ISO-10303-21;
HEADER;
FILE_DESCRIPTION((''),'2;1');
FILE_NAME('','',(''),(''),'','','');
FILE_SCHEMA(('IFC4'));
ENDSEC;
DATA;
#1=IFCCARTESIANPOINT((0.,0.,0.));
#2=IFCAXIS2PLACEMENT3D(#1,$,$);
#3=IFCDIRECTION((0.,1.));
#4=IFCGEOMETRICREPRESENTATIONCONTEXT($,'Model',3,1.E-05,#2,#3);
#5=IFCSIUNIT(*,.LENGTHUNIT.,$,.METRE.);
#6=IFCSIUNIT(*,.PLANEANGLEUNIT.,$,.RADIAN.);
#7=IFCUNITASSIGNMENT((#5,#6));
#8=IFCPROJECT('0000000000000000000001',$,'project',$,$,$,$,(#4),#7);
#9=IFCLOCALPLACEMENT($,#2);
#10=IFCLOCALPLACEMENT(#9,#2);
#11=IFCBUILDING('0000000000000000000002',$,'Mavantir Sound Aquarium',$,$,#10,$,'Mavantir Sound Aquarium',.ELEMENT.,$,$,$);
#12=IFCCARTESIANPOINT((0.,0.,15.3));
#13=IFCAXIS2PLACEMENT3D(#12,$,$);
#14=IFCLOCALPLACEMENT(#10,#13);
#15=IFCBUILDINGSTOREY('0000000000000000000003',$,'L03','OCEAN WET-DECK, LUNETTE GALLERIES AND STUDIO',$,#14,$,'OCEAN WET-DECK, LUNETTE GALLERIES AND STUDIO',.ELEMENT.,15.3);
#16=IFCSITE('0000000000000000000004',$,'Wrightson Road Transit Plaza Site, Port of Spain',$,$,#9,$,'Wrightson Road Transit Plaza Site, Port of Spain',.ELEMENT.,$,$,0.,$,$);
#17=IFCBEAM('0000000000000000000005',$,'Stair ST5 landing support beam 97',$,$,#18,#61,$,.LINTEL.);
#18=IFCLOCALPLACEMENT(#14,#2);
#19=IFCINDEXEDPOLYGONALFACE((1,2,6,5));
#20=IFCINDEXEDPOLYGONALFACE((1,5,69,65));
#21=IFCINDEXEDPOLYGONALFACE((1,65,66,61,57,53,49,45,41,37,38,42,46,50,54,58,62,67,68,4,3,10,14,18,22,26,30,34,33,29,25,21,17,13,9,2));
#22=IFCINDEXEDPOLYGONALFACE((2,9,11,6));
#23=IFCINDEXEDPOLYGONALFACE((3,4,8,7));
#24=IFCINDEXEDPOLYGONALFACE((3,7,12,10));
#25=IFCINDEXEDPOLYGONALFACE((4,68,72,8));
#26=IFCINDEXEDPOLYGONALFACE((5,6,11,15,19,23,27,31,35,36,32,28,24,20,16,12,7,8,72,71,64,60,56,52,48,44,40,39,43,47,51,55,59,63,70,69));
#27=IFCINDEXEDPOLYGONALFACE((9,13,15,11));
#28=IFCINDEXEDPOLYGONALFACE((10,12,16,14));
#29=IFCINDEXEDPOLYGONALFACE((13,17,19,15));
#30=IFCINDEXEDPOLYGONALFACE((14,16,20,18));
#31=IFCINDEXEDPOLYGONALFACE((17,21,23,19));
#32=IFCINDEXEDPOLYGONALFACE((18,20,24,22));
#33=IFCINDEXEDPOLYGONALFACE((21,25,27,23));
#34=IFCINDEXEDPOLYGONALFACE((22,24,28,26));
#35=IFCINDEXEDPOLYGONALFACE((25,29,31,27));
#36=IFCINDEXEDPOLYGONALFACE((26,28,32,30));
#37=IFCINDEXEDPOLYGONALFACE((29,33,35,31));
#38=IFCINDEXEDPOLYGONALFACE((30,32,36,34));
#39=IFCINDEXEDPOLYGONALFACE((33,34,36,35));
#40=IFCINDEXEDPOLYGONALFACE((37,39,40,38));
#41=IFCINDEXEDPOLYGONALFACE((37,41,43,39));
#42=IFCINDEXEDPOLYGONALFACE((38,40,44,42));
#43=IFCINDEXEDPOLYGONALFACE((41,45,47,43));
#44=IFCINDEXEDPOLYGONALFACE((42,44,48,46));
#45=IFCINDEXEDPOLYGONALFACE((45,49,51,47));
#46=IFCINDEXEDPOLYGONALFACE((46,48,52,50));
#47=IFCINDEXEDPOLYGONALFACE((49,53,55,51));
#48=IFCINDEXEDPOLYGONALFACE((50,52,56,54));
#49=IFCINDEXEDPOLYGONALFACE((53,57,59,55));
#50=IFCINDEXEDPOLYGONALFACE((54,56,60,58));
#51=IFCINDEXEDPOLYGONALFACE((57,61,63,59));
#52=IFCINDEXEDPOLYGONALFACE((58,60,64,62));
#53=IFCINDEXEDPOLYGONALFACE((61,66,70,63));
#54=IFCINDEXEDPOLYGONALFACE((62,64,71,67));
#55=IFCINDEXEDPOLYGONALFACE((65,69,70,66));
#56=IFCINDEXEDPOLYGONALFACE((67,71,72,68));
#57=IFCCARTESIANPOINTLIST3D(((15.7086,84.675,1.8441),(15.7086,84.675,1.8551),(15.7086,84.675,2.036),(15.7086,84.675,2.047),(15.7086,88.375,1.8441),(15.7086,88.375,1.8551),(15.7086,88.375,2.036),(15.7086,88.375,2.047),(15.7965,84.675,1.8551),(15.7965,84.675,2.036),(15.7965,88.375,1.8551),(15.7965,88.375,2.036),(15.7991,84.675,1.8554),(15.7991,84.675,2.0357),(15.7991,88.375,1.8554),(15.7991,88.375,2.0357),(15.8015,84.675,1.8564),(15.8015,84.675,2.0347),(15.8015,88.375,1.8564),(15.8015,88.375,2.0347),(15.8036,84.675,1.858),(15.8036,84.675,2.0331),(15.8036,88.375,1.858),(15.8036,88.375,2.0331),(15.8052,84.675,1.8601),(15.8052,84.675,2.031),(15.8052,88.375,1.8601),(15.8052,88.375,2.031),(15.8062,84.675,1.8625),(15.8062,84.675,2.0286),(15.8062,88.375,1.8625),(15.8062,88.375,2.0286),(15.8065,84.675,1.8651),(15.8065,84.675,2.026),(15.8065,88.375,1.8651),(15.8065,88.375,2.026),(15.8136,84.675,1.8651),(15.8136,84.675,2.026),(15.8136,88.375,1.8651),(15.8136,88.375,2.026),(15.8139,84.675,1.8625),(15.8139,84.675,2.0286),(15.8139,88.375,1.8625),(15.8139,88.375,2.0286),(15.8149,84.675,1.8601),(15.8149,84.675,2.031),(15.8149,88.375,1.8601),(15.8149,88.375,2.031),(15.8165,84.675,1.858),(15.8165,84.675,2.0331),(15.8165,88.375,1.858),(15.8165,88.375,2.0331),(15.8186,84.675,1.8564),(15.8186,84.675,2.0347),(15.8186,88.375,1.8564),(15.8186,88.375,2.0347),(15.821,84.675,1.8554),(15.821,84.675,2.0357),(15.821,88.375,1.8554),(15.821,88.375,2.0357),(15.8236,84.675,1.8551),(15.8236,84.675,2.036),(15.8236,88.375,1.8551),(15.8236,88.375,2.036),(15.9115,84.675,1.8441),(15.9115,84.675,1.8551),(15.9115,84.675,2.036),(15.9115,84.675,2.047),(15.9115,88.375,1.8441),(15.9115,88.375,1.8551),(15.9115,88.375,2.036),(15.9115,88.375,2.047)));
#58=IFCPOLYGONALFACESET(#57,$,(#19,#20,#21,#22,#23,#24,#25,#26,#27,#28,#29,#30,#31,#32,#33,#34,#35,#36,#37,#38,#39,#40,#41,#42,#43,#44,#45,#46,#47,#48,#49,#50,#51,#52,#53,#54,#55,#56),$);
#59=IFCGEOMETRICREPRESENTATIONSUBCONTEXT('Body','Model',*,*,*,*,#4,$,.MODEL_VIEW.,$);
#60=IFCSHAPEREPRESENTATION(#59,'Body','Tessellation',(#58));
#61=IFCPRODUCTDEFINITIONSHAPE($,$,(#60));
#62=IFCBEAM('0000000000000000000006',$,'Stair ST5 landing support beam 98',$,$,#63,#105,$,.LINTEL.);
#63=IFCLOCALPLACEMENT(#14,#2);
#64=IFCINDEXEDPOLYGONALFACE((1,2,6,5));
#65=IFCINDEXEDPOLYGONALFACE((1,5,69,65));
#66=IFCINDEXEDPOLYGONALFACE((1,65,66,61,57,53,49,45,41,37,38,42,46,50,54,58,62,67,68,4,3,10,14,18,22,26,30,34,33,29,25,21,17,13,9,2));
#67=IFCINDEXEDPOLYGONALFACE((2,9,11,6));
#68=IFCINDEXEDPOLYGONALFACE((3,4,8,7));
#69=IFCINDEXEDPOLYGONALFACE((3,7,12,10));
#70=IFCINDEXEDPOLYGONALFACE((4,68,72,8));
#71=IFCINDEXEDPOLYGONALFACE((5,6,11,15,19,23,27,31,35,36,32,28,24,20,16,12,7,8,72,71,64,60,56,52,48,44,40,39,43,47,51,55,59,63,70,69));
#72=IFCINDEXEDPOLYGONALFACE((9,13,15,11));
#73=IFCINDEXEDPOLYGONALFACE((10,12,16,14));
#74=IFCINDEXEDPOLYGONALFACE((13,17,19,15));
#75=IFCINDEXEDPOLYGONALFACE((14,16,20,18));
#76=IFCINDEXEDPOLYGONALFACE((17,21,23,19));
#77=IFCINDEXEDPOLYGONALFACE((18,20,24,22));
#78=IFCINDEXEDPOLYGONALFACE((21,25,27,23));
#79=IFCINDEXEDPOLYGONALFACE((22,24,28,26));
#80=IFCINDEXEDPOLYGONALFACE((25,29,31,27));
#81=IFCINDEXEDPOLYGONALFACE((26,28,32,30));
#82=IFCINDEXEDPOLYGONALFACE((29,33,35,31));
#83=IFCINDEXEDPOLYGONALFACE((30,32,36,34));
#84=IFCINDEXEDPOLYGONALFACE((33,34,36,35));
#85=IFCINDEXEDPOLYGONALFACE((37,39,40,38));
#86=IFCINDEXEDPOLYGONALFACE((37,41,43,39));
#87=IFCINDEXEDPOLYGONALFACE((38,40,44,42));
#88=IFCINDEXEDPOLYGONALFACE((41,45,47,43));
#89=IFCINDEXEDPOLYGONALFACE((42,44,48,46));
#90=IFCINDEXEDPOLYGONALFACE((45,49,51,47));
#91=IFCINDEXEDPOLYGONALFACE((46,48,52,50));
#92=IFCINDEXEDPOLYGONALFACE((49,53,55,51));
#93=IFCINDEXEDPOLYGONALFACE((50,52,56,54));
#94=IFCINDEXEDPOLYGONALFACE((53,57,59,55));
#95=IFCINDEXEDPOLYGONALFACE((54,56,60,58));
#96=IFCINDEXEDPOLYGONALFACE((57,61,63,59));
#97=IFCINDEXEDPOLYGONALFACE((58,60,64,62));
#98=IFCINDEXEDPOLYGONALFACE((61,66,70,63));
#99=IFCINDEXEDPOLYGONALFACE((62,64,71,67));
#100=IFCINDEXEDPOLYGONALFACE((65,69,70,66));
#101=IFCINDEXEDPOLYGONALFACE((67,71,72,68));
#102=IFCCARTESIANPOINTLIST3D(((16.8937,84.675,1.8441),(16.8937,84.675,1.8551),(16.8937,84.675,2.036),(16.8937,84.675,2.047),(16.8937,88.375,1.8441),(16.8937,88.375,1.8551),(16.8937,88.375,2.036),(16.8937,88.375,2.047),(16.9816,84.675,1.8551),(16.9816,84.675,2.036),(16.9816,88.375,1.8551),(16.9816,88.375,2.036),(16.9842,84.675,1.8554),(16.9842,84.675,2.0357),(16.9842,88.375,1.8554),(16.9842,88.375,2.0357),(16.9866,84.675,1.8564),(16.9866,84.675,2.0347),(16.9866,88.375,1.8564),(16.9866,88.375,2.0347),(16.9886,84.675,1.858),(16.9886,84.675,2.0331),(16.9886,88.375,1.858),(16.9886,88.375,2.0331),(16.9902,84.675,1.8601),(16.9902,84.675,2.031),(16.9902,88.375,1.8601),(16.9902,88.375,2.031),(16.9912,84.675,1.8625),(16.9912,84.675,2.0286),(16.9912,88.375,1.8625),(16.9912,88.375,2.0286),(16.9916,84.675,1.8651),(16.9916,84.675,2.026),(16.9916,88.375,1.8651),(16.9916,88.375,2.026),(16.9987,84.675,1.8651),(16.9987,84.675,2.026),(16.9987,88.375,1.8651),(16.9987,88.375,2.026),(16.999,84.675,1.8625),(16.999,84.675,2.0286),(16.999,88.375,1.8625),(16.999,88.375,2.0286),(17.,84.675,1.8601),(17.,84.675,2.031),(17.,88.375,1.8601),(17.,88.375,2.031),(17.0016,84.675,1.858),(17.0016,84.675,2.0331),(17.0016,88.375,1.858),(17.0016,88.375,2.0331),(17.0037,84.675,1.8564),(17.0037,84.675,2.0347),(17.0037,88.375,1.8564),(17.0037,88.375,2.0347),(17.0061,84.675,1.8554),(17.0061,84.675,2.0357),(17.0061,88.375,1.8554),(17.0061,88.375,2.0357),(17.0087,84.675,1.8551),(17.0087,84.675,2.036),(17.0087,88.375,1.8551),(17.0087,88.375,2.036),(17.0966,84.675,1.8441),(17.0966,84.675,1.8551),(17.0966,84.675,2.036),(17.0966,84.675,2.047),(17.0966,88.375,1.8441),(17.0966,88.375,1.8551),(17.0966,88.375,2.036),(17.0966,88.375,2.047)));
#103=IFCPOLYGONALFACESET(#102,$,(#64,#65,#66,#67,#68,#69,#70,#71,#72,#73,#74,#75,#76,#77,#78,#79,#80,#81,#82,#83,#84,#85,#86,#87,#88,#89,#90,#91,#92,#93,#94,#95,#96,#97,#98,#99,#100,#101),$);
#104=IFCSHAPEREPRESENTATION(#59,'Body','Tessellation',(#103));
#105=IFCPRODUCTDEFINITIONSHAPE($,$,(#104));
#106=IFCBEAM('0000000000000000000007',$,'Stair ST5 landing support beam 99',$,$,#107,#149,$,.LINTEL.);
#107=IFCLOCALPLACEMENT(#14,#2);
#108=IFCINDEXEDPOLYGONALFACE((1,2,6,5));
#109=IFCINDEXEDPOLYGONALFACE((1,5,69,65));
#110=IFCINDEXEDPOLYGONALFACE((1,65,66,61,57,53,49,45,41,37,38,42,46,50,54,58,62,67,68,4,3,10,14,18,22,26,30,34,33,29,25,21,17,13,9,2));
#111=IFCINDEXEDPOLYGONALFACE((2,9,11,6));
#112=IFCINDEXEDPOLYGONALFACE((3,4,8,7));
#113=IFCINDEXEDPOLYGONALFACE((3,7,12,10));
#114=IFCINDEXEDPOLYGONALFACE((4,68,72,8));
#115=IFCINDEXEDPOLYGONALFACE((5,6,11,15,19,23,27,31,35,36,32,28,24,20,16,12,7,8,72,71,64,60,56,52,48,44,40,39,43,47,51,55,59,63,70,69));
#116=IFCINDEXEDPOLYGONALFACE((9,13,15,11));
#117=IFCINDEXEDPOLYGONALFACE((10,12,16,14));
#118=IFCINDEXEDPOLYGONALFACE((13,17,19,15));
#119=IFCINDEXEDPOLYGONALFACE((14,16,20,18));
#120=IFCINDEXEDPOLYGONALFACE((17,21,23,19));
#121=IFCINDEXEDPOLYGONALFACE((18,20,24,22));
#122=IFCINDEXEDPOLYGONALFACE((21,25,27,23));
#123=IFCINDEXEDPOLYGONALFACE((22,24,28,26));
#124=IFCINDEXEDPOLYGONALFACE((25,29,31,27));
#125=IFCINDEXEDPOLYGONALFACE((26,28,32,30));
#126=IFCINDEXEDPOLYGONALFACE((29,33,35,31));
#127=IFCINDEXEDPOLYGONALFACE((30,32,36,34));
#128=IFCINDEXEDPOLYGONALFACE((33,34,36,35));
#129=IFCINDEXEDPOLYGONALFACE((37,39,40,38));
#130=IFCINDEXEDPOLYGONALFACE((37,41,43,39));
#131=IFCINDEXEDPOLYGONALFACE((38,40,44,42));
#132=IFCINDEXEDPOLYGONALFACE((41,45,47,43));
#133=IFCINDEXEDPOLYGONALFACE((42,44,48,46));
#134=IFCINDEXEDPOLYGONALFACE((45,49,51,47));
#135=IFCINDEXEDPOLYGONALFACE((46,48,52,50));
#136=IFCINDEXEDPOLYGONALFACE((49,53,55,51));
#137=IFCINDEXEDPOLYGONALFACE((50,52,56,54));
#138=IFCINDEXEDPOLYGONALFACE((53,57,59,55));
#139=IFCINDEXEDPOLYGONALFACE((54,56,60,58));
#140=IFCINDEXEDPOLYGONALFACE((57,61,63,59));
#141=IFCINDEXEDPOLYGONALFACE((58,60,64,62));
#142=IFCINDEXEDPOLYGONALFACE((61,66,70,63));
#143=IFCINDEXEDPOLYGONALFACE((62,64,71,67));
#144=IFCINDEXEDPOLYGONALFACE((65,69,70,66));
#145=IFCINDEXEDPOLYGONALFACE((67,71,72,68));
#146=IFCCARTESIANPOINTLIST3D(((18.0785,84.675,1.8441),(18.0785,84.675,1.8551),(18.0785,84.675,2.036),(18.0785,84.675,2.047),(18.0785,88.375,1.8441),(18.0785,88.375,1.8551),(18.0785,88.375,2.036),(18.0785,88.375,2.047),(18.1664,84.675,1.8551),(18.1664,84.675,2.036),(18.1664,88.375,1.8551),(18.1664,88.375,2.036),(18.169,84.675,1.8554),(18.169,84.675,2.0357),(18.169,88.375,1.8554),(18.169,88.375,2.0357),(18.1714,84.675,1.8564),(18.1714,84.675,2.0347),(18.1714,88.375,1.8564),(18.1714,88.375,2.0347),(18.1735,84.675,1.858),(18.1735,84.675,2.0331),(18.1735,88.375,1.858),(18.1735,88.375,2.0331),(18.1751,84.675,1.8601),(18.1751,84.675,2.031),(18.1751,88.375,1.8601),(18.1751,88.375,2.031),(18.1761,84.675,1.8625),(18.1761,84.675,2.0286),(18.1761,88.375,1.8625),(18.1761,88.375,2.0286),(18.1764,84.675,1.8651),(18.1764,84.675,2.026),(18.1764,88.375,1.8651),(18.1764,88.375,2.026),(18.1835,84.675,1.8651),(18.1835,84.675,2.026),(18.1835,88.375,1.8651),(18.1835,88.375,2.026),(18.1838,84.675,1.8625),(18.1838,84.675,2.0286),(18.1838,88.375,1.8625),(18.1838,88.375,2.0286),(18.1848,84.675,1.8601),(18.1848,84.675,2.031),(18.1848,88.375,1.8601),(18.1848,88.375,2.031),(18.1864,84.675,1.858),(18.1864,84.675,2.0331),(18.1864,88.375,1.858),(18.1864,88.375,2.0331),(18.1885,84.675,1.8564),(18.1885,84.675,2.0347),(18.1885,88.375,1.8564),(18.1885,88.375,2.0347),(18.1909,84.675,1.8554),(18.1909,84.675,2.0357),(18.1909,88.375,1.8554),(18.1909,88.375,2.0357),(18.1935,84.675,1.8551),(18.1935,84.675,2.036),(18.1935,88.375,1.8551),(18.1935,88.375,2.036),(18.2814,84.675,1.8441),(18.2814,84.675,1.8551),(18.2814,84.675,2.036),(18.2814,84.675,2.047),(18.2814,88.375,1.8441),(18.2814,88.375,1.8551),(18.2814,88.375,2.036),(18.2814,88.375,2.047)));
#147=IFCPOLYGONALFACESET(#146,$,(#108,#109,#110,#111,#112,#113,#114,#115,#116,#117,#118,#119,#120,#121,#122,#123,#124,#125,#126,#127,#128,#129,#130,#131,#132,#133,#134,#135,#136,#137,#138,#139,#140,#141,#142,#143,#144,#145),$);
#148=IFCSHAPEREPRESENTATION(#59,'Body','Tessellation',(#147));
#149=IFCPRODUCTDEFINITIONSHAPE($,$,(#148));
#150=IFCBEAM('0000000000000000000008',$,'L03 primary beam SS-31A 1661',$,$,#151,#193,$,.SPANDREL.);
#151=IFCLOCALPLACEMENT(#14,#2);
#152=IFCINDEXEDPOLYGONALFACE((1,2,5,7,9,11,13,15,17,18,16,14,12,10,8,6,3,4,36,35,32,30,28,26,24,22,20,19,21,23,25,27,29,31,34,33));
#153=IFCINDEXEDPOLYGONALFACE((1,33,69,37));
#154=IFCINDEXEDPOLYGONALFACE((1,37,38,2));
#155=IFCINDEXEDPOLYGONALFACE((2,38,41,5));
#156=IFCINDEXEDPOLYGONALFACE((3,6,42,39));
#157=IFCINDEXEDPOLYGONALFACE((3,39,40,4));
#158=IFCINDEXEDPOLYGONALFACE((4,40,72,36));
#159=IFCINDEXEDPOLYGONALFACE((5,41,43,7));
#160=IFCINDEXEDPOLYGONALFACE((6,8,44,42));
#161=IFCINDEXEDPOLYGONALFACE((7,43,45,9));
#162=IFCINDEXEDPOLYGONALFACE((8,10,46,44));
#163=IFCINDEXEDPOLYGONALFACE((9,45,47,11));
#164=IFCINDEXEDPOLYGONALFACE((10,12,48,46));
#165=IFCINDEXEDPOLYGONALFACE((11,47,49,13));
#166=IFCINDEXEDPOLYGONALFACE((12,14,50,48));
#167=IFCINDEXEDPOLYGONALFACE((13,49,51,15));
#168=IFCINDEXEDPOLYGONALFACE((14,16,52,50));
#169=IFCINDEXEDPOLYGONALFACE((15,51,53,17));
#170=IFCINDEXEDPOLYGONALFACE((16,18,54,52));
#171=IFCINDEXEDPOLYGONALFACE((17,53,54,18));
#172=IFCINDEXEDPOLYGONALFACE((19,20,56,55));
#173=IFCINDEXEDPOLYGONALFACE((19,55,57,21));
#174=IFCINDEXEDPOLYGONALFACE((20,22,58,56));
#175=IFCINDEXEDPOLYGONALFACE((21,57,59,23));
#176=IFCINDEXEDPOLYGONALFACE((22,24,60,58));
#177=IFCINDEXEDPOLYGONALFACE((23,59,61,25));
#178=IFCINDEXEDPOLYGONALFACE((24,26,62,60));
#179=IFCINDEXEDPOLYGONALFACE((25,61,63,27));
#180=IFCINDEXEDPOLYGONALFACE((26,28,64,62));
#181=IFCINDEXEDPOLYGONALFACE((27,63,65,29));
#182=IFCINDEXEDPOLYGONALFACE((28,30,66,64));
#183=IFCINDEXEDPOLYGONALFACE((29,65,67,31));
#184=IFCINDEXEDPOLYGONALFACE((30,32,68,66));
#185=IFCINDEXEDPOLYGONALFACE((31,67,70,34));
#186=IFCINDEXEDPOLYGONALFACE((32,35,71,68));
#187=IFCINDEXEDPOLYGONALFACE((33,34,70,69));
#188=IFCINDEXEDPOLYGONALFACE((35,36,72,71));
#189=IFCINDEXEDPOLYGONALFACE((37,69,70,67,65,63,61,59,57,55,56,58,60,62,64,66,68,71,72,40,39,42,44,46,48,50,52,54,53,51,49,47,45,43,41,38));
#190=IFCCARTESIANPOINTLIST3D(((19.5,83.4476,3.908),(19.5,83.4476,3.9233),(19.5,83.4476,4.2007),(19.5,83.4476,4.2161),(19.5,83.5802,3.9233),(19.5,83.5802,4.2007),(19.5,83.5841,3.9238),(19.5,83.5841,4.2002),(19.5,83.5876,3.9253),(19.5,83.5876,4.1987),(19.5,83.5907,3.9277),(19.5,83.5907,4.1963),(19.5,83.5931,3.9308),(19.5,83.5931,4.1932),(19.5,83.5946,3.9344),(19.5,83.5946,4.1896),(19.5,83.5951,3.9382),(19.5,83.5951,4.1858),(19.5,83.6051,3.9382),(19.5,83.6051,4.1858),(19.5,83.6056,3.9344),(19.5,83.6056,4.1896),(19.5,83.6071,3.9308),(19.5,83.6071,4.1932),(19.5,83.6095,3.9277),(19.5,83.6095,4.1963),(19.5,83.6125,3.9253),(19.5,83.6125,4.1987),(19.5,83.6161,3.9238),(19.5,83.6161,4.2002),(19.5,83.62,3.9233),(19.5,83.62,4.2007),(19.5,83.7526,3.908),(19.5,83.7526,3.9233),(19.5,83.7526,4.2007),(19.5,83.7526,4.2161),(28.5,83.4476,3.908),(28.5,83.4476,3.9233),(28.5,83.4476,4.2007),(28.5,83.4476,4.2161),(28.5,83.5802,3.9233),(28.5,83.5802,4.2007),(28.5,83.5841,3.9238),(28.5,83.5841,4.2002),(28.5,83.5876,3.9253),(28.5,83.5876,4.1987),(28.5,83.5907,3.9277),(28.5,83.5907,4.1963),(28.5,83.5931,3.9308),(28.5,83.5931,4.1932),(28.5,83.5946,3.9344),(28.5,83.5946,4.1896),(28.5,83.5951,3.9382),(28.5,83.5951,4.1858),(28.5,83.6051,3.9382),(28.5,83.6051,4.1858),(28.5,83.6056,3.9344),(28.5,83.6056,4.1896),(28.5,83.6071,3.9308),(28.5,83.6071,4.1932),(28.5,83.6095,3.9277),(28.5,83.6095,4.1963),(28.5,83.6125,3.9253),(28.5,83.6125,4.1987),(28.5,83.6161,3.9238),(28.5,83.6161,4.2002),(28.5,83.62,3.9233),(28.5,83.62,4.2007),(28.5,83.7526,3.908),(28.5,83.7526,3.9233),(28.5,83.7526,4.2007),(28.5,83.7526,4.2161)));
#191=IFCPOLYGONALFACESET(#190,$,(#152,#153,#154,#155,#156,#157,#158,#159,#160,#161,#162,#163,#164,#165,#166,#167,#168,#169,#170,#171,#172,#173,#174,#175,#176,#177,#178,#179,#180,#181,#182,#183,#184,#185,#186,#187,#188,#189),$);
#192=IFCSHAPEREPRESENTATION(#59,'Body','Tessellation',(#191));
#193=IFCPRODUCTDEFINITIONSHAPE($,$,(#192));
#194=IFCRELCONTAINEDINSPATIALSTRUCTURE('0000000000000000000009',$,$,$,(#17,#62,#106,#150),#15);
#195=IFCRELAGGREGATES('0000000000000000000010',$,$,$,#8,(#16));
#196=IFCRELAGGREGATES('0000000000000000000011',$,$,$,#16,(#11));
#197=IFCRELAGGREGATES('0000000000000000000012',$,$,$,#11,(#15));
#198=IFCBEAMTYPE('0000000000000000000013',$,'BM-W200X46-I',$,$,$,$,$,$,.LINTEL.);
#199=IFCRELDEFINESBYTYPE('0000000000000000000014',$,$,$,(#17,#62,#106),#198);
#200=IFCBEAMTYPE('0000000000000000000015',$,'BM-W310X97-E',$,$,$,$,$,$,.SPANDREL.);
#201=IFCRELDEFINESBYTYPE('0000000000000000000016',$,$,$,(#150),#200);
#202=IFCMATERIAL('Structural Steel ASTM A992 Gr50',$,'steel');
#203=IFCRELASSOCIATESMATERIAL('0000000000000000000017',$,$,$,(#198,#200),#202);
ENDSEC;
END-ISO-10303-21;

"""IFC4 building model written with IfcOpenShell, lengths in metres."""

from ifc_helpers import new_model, si_unit, direction, frame, origin, origin_2d, place, context, subcontext, project, spatial, i_section, extrude, material, material_profile, profile_set, type_object, element, save


model = new_model("IFC4")

# Units and contexts
model_context = context("Model", 3, precision=1e-05, world=origin(), true_north=direction((0.0, 1.0)))
body_context = subcontext(model_context, "Body", "Model", "MODEL_VIEW")
ifc_project = project(units=[si_unit("LENGTHUNIT", "METRE"), si_unit("PLANEANGLEUNIT", "RADIAN")], contexts=[model_context])

# Site, building, storey
site_placement = place(None, origin())
site = spatial("IfcSite", under=ifc_project, at=site_placement, Name="Wrightson Road Transit Plaza Site, Port of Spain", LongName="Wrightson Road Transit Plaza Site, Port of Spain", CompositionType="ELEMENT", RefElevation=0.0)
building_placement = place(site_placement, origin())
building = spatial("IfcBuilding", under=site, at=building_placement, Name="Mavantir Sound Aquarium", LongName="Mavantir Sound Aquarium", CompositionType="ELEMENT")
storey_placement = place(building_placement, frame((0.0, 0.0, 15.3)))
storey = spatial("IfcBuildingStorey", under=building, at=storey_placement, Name="L03", Description="OCEAN WET-DECK, LUNETTE GALLERIES AND STUDIO", LongName="OCEAN WET-DECK, LUNETTE GALLERIES AND STUDIO", CompositionType="ELEMENT", Elevation=15.3)

# Beams
ifc_material_1 = material(Name="Structural Steel ASTM A992 Gr50", Category="steel")
ifc_material_profile_1 = material_profile(ifc_material_1, i_section(OverallWidth=0.2029, OverallDepth=0.2029, WebThickness=0.0071, FlangeThickness=0.011, FilletRadius=0.01, at=origin_2d()), Name="W200X46")
ifc_profile_set_1 = profile_set([ifc_material_profile_1], Name="Structural Steel ASTM A992 Gr50")
beam_type_1 = type_object("IfcBeamType", Name="BM-W200X46-I", PredefinedType="LINTEL", material=ifc_profile_set_1)
for number, where, z_axis, x_axis, name in (
    (1, (15.8101, 84.675, 1.9456), (0.0, 1.0, 0.0), (-1.0, 0.0, 0.0), "Stair ST5 landing support beam 97"),
    (2, (16.9951, 84.675, 1.9456), (0.0, 1.0, 0.0), (-1.0, 0.0, 0.0), "Stair ST5 landing support beam 98"),
    (3, (18.1799, 84.675, 1.9456), (0.0, 1.0, 0.0), (-1.0, 0.0, 0.0), "Stair ST5 landing support beam 99"),
):
    element("IfcBeam", number, at=place(storey_placement, frame(where, z_axis=z_axis, x_axis=x_axis)), inside=storey, type_object=beam_type_1, Name=name, PredefinedType="LINTEL", context=body_context, shape_type="SweptSolid", body=[
        extrude(i_section(OverallWidth=0.2029, OverallDepth=0.2029, WebThickness=0.0071, FlangeThickness=0.011, FilletRadius=0.01, at=origin_2d()), origin(), (0.0, 0.0, 1.0), 3.7),
    ])
ifc_material_profile_2 = material_profile(ifc_material_1, i_section(OverallWidth=0.3049, OverallDepth=0.3081, WebThickness=0.01, FlangeThickness=0.0154, FilletRadius=0.0149, at=origin_2d()), Name="W310X97")
ifc_profile_set_2 = profile_set([ifc_material_profile_2], Name="Structural Steel ASTM A992 Gr50")
beam_type_2 = type_object("IfcBeamType", Name="BM-W310X97-E", PredefinedType="SPANDREL", material=ifc_profile_set_2)
beam_1_placement = place(storey_placement, frame((19.5, 83.6001, 4.062), z_axis=(1.0, 0.0, 0.0), x_axis=(0.0, 1.0, 0.0)))
element("IfcBeam", 4, at=beam_1_placement, inside=storey, type_object=beam_type_2, Name="L03 primary beam SS-31A 1661", PredefinedType="SPANDREL", context=body_context, shape_type="SweptSolid", body=[
    extrude(i_section(OverallWidth=0.3049, OverallDepth=0.3081, WebThickness=0.01, FlangeThickness=0.0154, FilletRadius=0.0149, at=origin_2d()), origin(), (0.0, 0.0, 1.0), 9.0),
])

save(model, "model.ifc")
